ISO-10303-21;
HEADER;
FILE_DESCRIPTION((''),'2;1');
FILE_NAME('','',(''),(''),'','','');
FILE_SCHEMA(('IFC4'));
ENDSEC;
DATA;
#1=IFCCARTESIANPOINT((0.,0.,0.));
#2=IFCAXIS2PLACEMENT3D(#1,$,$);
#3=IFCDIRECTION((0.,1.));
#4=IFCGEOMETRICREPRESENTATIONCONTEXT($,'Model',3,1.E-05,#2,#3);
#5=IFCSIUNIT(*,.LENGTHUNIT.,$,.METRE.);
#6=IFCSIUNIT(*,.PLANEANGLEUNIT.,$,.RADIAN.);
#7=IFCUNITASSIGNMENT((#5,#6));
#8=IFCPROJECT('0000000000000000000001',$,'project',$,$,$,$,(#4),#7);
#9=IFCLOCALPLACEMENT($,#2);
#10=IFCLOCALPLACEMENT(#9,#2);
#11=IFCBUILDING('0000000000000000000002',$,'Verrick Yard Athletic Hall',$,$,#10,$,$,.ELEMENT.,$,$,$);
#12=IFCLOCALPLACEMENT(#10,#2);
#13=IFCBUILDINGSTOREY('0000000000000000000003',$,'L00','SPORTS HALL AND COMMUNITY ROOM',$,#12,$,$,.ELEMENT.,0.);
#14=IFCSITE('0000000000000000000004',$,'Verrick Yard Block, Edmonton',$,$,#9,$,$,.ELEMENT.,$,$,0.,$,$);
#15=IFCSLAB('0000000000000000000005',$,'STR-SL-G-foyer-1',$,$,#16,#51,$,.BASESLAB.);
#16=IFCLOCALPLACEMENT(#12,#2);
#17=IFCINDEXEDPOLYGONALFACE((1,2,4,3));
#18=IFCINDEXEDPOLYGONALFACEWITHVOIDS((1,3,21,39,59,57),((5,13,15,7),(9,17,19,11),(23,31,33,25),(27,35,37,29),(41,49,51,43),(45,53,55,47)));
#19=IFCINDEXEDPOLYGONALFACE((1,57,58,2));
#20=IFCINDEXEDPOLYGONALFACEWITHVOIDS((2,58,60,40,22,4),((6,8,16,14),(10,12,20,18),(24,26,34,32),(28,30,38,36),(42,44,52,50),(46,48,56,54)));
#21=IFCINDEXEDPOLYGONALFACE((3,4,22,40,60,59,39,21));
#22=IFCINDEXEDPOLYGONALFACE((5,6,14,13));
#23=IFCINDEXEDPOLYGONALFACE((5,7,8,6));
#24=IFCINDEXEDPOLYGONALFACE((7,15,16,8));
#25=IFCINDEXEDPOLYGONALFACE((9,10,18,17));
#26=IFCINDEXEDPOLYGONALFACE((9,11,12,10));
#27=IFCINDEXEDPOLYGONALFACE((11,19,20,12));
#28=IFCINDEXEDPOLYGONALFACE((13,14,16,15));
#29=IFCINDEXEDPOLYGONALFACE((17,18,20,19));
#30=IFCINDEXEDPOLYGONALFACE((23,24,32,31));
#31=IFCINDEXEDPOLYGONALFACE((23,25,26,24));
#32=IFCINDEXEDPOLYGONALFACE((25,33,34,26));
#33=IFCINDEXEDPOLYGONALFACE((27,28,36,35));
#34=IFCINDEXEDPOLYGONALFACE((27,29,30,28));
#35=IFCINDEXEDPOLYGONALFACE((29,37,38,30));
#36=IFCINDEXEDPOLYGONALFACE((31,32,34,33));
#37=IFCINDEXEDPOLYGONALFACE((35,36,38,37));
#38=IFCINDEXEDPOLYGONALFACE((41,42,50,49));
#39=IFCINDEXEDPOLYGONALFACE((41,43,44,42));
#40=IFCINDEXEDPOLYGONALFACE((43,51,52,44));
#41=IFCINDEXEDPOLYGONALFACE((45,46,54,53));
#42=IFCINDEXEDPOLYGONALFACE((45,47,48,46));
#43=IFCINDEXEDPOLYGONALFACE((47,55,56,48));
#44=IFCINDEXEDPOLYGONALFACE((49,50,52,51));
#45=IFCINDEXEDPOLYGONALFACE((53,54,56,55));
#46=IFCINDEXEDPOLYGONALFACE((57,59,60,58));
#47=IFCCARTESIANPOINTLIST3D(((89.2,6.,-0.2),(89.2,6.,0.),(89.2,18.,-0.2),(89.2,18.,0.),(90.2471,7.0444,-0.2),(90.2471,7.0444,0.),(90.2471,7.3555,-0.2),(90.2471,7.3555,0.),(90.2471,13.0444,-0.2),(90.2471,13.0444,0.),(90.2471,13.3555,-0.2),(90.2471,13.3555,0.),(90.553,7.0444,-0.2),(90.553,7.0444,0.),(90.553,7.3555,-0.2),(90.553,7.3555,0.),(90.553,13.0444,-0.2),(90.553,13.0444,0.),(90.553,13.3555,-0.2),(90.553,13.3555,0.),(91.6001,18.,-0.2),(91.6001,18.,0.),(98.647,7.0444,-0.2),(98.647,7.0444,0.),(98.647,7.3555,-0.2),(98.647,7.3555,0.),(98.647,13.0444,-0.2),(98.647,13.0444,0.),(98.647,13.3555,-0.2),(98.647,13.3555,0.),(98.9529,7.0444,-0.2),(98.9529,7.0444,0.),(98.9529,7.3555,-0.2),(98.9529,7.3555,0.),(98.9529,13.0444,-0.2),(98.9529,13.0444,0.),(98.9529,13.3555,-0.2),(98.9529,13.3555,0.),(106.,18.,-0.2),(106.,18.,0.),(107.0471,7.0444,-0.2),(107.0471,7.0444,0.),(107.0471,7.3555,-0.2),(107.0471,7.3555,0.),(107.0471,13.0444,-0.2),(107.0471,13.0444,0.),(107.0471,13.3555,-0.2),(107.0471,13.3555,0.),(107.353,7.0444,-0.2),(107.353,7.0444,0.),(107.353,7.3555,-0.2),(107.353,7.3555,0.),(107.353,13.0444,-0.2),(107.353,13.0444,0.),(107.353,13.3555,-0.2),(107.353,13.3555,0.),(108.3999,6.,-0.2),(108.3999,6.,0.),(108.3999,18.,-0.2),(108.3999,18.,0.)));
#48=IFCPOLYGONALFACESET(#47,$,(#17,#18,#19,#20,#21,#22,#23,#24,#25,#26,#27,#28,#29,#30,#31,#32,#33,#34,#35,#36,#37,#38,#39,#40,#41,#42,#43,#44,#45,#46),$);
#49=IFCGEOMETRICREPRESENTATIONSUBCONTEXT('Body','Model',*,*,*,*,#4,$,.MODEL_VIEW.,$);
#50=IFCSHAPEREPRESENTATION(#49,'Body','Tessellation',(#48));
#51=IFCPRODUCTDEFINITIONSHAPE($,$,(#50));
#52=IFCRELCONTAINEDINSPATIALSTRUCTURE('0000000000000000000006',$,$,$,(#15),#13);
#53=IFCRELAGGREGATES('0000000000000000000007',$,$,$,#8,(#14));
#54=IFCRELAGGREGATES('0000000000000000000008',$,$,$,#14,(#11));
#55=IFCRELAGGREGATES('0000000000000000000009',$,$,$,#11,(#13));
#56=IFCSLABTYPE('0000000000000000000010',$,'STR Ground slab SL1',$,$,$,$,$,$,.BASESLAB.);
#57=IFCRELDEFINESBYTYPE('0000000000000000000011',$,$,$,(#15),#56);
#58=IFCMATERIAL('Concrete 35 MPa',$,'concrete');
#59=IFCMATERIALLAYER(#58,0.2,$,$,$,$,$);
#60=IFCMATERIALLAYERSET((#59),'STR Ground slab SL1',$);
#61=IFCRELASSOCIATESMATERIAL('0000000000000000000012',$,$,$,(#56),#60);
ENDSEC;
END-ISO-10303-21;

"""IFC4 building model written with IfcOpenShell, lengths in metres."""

from ifc_helpers import new_model, si_unit, direction, frame, origin, place, context, subcontext, project, spatial, polyline, outline, extrude, material, layer, layer_set, type_object, element, save


model = new_model("IFC4")

# Units and contexts
model_context = context("Model", 3, precision=1e-05, world=origin(), true_north=direction((0.0, 1.0)))
body_context = subcontext(model_context, "Body", "Model", "MODEL_VIEW")
ifc_project = project(units=[si_unit("LENGTHUNIT", "METRE"), si_unit("PLANEANGLEUNIT", "RADIAN")], contexts=[model_context])

# Site, building, storey
site_placement = place(None, origin())
site = spatial("IfcSite", under=ifc_project, at=site_placement, Name="Verrick Yard Block, Edmonton", CompositionType="ELEMENT", RefElevation=0.0)
building_placement = place(site_placement, origin())
building = spatial("IfcBuilding", under=site, at=building_placement, Name="Verrick Yard Athletic Hall", CompositionType="ELEMENT")
storey_placement = place(building_placement, origin())
storey = spatial("IfcBuildingStorey", under=building, at=storey_placement, Name="L00", Description="SPORTS HALL AND COMMUNITY ROOM", CompositionType="ELEMENT", Elevation=0.0)

# Shared definitions
ifc_material_1 = material(Name="Concrete 35 MPa", Category="concrete")

# Slab
ifc_layer_1 = layer(ifc_material_1, 0.2)
ifc_layer_set_1 = layer_set([ifc_layer_1], Name="STR Ground slab SL1")
slab_type = type_object("IfcSlabType", Name="STR Ground slab SL1", PredefinedType="BASESLAB", material=ifc_layer_set_1)
slab_1_placement = place(storey_placement, frame((0.0, 0.0, -0.2)))
element("IfcSlab", 1, at=slab_1_placement, inside=storey, type_object=slab_type, Name="STR-SL-G-foyer-1", PredefinedType="BASESLAB", context=body_context, shape_type="SweptSolid", body=[
    extrude(outline(polyline([(108.3999, 6.0), (108.3999, 18.0), (106.0, 18.0), (91.6001, 18.0), (89.2, 18.0), (89.2, 6.0), (108.3999, 6.0)]), holes=[polyline([(90.2471, 7.3555), (90.553, 7.3555), (90.553, 7.0444), (90.2471, 7.0444), (90.2471, 7.3555)]), polyline([(98.647, 7.0444), (98.647, 7.3555), (98.9529, 7.3555), (98.9529, 7.0444), (98.647, 7.0444)]), polyline([(98.647, 13.3555), (98.9529, 13.3555), (98.9529, 13.0444), (98.647, 13.0444), (98.647, 13.3555)]), polyline([(90.2471, 13.3555), (90.553, 13.3555), (90.553, 13.0444), (90.2471, 13.0444), (90.2471, 13.3555)]), polyline([(107.0471, 7.3555), (107.353, 7.3555), (107.353, 7.0444), (107.0471, 7.0444), (107.0471, 7.3555)]), polyline([(107.0471, 13.0444), (107.0471, 13.3555), (107.353, 13.3555), (107.353, 13.0444), (107.0471, 13.0444)])]), origin(), (0.0, 0.0, 1.0), 0.2),
])

save(model, "model.ifc")
